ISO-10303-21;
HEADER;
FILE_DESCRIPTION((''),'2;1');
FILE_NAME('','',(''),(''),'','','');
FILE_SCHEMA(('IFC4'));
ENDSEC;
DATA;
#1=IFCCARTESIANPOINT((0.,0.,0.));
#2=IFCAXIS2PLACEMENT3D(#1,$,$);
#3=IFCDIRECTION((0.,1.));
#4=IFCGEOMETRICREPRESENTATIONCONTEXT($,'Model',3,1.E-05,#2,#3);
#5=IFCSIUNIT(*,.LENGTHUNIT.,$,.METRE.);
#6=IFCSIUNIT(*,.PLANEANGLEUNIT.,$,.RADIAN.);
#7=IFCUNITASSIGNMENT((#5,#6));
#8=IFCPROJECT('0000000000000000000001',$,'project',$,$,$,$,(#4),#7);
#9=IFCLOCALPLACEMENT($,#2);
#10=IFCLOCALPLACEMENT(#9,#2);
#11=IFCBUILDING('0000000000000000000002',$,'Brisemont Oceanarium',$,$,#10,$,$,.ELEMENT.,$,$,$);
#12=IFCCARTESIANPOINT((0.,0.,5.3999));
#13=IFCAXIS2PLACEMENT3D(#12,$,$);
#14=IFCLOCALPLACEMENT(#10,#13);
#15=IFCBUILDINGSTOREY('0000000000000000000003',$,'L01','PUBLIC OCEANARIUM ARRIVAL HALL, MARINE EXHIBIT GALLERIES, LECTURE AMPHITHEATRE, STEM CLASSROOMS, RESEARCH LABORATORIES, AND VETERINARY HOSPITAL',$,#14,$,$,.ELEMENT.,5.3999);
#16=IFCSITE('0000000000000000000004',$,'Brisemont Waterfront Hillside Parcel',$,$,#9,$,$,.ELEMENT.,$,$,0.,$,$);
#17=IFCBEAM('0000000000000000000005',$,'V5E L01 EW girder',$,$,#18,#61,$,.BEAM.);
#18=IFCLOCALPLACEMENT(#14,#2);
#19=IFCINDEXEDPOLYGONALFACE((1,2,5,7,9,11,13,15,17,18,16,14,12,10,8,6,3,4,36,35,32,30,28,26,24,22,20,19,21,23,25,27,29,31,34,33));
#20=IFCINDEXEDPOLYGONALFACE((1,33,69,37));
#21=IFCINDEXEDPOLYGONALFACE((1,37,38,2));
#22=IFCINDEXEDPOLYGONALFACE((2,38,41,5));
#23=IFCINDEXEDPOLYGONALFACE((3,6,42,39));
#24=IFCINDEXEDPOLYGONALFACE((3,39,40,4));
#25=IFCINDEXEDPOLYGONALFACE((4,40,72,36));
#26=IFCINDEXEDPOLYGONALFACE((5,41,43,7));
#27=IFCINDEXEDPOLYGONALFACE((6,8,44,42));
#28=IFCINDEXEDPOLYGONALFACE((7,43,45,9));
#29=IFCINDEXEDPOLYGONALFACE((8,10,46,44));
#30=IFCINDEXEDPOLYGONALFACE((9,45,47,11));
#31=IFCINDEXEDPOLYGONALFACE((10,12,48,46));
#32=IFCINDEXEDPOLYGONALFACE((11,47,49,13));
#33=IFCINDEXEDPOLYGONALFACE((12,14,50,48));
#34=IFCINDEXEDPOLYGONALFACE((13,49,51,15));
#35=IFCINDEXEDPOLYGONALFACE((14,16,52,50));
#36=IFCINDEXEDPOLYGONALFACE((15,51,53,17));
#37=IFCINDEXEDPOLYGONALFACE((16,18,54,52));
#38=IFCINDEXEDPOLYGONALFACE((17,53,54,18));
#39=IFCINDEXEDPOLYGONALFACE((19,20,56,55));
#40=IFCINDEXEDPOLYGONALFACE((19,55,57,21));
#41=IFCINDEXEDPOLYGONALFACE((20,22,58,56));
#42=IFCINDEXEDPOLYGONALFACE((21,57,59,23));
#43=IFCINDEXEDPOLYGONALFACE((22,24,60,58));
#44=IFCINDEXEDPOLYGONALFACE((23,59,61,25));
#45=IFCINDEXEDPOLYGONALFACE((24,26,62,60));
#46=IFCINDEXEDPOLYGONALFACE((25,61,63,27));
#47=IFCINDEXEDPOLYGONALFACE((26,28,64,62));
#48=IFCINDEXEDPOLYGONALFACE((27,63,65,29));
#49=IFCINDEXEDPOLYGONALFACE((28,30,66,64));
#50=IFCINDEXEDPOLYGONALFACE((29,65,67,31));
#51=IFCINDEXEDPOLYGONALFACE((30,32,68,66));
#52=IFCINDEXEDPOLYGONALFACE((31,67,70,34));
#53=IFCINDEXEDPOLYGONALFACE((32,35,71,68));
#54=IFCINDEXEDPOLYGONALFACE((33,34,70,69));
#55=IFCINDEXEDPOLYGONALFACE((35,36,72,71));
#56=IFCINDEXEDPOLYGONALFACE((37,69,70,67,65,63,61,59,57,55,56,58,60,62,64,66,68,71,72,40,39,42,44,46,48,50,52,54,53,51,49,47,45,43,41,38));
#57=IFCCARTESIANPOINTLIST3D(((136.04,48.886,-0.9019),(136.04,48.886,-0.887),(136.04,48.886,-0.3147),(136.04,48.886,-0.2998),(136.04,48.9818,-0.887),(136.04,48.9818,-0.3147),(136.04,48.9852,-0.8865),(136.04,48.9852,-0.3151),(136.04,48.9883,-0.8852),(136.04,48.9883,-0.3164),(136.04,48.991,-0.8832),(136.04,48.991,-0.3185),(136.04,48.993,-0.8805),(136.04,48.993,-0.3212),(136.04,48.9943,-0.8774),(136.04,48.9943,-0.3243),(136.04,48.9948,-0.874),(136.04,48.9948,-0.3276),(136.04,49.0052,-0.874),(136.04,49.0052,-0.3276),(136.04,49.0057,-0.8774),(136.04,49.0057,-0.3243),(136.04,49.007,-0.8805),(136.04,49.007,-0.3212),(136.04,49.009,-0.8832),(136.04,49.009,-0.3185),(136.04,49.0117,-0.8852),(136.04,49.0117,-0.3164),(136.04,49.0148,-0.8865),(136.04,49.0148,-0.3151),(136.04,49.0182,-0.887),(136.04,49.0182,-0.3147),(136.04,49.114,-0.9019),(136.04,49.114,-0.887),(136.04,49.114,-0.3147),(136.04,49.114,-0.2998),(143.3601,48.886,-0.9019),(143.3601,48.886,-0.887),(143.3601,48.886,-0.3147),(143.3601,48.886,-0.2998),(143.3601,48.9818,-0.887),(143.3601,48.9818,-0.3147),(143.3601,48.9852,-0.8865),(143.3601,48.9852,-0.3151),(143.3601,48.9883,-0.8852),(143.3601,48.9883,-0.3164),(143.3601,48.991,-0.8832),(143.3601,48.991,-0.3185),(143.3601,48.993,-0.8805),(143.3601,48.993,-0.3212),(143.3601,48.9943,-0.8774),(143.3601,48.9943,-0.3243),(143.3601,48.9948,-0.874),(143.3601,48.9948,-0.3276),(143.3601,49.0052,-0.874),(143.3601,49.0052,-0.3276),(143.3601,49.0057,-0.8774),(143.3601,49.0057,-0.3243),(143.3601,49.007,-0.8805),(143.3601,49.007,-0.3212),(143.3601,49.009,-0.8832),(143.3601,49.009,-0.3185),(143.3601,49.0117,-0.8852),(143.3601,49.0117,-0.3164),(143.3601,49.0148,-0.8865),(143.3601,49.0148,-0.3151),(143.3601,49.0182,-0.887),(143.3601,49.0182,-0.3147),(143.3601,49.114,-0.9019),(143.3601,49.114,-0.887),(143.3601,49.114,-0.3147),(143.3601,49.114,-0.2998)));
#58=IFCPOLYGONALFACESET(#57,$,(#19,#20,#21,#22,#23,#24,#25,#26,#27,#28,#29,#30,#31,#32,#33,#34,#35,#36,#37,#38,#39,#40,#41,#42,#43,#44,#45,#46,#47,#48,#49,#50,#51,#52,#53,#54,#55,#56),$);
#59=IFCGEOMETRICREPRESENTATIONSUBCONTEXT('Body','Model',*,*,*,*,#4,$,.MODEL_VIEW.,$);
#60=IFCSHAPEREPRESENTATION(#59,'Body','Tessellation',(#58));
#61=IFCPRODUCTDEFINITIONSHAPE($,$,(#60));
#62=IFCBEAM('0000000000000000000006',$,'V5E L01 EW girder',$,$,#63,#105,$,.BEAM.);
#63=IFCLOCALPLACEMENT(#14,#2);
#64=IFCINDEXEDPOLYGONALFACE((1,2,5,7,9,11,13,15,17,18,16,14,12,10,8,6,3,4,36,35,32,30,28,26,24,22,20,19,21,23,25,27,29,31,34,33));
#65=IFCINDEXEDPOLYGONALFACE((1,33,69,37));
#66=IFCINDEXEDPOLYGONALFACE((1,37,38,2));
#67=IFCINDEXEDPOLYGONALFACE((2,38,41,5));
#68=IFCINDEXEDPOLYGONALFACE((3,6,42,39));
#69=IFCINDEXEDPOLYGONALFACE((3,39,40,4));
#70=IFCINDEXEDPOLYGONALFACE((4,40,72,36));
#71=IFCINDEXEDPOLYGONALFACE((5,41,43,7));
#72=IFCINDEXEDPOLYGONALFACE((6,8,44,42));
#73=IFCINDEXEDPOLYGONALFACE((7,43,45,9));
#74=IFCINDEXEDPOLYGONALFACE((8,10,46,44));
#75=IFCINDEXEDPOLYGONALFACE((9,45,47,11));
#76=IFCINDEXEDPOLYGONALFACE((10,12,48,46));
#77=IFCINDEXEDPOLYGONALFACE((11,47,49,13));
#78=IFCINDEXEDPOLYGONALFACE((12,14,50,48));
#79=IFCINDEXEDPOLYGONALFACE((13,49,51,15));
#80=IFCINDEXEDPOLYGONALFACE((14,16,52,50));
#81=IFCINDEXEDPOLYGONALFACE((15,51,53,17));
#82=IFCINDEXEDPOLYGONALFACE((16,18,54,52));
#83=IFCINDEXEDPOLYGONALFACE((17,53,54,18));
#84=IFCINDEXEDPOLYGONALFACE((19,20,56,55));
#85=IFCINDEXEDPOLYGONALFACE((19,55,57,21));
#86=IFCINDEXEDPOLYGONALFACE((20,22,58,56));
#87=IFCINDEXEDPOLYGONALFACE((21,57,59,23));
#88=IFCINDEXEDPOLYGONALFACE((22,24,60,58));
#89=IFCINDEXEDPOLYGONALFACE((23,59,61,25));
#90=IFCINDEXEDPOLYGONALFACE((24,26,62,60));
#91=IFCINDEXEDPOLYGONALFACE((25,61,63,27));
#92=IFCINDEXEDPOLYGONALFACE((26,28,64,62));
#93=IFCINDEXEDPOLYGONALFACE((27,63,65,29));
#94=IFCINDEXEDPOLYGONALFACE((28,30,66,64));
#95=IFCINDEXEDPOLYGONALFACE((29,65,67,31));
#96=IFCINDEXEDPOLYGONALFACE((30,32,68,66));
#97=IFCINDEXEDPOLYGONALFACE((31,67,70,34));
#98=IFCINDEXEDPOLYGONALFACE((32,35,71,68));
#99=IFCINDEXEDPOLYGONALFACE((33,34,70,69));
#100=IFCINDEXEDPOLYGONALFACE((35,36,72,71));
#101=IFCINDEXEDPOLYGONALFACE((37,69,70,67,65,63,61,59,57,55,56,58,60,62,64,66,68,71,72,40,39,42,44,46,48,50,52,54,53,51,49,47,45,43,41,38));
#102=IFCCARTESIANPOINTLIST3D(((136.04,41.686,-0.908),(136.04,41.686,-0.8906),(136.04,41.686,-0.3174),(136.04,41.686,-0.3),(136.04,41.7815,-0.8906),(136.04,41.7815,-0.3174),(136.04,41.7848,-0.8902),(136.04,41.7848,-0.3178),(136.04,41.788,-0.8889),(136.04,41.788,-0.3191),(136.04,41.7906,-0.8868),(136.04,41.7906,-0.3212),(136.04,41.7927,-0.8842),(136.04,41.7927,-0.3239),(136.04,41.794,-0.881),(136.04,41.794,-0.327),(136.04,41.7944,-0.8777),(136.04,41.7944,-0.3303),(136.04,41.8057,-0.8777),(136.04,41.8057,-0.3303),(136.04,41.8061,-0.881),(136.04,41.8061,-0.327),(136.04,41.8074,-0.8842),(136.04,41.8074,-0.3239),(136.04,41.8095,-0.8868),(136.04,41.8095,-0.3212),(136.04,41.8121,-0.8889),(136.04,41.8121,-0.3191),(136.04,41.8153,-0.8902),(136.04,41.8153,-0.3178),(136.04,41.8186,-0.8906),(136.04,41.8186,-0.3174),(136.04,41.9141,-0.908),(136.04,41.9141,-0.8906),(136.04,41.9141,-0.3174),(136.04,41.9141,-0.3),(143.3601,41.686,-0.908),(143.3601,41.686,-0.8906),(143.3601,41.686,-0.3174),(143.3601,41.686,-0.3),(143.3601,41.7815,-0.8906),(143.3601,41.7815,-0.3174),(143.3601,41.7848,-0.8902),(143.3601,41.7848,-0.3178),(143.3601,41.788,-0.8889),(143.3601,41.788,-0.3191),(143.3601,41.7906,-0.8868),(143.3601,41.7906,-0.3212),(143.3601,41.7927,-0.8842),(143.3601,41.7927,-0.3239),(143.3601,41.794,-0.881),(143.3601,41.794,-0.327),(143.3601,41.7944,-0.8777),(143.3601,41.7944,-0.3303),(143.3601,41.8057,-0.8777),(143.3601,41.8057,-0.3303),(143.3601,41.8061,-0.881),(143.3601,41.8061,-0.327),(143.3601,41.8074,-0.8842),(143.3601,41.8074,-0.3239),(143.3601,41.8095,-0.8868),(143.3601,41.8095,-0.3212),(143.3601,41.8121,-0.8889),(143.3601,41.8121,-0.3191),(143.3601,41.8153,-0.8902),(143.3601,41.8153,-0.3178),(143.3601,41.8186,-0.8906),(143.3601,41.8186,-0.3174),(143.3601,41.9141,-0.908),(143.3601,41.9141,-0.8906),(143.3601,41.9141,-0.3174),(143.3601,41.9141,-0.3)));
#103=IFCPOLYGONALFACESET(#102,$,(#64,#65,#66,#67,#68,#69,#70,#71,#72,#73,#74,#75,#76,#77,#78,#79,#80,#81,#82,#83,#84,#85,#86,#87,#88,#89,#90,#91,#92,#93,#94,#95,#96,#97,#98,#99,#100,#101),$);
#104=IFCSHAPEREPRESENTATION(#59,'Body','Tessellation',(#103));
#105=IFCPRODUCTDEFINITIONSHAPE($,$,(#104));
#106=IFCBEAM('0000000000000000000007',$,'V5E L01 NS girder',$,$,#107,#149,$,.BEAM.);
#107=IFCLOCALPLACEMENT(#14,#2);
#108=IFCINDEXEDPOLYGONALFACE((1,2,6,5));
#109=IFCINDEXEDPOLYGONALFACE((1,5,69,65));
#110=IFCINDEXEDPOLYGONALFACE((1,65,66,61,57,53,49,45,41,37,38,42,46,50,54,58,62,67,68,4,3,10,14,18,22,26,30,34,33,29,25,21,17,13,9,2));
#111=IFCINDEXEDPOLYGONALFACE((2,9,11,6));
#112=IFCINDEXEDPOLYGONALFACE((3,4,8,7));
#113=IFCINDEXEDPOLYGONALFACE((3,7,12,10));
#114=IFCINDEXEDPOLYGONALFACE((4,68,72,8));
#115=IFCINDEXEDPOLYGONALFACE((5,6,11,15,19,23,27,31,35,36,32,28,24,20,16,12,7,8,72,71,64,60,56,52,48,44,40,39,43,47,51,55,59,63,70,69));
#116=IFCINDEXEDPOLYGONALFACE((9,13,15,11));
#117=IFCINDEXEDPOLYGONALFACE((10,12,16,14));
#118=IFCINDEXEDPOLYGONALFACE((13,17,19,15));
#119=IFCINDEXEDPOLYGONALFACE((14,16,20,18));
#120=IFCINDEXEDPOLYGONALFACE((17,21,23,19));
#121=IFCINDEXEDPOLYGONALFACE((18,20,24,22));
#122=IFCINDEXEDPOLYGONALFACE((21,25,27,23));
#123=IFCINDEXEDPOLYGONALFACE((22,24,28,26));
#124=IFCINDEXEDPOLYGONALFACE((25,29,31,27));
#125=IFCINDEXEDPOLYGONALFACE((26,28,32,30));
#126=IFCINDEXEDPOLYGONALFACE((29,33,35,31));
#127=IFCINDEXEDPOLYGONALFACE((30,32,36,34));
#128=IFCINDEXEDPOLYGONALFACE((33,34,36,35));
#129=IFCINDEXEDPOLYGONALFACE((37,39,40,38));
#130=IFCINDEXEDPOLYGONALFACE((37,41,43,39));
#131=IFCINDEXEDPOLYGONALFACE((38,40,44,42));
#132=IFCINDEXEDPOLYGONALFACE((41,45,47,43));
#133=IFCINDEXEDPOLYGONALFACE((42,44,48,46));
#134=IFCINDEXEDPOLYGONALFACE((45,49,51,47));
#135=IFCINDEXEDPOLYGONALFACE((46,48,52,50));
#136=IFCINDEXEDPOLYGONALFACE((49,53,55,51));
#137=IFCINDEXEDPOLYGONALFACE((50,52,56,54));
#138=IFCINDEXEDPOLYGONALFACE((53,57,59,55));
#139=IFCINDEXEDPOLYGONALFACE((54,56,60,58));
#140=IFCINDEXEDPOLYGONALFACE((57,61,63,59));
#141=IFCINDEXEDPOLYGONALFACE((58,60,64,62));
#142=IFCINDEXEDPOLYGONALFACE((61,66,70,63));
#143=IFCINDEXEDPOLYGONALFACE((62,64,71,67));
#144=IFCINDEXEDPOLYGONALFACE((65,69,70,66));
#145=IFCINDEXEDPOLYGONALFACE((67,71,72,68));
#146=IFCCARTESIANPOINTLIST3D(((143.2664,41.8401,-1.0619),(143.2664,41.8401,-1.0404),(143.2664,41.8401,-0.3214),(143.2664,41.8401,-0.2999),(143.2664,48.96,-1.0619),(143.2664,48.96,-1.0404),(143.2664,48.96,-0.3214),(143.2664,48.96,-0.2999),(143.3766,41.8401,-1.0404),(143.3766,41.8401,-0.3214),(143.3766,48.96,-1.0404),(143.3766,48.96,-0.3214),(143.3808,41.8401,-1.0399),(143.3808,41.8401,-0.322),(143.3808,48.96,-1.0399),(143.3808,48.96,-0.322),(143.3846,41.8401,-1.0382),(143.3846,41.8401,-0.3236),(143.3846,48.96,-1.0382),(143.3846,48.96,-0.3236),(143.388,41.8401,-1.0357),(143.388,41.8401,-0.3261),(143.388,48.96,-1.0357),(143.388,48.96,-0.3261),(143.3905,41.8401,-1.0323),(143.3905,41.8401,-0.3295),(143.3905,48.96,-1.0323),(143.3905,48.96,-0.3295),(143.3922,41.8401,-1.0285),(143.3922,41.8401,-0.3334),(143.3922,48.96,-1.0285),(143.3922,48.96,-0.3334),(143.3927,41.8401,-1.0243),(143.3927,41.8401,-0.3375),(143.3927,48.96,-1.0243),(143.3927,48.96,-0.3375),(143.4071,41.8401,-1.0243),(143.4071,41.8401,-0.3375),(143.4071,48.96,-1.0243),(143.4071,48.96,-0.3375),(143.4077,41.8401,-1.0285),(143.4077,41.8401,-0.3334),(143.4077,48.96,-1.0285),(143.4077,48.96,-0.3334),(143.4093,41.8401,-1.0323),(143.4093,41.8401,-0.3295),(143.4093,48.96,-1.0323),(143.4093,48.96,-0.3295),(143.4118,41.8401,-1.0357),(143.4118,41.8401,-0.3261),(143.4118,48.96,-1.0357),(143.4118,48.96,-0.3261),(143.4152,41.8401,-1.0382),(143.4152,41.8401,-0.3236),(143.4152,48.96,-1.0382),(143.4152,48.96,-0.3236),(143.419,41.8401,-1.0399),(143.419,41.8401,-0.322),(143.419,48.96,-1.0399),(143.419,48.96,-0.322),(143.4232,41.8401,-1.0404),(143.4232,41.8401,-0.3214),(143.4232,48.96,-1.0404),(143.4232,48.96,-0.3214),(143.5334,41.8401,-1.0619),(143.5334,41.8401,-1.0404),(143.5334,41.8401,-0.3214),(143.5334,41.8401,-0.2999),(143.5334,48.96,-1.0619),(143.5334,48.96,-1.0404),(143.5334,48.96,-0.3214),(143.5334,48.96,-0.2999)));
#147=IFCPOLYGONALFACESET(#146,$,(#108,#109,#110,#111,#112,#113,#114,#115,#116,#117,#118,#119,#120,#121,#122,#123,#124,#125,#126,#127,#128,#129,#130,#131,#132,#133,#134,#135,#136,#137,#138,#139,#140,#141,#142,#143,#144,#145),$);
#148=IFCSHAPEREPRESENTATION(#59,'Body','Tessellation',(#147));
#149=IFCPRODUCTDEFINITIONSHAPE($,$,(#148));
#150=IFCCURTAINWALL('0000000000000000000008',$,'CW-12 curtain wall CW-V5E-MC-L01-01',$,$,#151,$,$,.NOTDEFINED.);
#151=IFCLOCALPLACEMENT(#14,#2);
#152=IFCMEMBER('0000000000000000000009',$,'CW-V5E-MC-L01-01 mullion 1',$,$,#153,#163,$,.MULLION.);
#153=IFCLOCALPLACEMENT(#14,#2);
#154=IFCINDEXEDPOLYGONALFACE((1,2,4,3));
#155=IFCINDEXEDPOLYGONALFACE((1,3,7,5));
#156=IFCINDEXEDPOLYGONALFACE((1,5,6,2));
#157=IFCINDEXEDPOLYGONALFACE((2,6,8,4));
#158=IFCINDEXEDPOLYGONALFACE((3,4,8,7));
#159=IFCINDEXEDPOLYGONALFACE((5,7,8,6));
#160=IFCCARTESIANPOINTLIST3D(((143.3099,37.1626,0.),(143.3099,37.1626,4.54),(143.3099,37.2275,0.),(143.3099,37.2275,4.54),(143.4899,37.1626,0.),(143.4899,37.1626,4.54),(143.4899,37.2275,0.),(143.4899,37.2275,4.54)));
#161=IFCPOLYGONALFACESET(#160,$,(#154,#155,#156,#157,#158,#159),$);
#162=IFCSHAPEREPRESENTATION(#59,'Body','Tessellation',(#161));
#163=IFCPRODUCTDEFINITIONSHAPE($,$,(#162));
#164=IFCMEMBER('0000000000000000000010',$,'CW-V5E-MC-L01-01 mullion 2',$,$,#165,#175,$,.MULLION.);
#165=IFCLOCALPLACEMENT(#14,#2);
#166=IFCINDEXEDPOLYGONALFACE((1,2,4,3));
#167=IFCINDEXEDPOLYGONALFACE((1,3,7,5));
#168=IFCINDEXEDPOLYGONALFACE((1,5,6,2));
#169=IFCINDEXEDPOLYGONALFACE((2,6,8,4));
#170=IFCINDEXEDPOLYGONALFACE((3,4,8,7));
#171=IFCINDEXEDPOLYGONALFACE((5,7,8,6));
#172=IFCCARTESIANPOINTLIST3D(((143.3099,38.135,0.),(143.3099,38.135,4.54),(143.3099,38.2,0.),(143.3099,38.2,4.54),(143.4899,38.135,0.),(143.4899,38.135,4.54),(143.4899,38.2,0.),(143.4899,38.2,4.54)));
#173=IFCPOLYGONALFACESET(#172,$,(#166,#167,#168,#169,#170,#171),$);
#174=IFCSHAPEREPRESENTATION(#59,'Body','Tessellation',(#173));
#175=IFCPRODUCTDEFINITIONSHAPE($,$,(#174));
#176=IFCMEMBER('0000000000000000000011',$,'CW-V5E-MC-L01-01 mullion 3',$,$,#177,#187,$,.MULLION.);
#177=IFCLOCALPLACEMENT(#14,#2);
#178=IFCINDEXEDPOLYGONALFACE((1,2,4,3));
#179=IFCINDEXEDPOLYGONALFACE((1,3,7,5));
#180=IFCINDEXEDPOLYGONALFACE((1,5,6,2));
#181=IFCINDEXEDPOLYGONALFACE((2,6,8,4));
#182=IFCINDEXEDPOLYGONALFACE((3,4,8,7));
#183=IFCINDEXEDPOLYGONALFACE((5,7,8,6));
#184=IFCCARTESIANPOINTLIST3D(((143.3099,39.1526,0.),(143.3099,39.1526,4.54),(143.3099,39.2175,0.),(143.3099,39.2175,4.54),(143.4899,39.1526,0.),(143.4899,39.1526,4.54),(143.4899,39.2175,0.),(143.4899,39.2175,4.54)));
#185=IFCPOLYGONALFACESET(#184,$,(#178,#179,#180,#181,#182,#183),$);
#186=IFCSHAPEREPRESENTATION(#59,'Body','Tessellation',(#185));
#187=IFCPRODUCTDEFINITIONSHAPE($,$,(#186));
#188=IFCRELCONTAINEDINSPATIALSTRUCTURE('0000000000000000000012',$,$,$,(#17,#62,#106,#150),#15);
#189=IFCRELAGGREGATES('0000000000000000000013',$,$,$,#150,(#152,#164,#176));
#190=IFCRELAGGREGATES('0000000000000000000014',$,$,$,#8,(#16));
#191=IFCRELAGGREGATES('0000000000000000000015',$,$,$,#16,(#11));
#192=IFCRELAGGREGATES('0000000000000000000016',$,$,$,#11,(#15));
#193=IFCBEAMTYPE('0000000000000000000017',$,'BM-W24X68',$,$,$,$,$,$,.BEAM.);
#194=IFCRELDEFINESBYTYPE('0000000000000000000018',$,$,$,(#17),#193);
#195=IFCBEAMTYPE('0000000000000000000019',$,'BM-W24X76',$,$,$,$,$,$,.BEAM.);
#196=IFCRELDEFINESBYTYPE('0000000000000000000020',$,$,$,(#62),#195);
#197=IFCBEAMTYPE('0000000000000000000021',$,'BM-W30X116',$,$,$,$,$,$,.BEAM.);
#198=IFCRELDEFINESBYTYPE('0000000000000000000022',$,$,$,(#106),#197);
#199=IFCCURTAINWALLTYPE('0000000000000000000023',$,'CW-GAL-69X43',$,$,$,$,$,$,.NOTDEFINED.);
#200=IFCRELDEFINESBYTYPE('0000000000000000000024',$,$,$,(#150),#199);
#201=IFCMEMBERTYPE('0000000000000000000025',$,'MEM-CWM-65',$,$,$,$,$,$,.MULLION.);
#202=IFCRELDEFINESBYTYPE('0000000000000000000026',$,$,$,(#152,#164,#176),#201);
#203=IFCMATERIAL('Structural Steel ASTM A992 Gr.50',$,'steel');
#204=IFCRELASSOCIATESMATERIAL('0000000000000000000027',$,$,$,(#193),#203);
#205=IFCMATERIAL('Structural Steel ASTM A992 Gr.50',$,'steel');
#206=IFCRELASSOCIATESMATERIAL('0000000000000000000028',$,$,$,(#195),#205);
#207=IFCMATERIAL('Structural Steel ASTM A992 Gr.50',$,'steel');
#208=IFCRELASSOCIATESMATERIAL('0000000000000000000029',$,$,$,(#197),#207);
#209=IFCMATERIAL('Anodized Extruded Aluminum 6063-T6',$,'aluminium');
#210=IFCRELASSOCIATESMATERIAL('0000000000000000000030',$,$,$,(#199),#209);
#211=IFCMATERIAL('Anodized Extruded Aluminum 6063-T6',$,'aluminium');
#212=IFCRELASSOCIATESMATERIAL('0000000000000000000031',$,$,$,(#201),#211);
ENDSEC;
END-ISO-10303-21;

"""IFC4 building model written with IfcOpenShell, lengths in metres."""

from ifc_helpers import new_model, si_unit, direction, frame, origin, origin_2d, place, context, subcontext, project, spatial, rectangle, i_section, extrude, material, material_profile, profile_set, type_object, element, aggregate, save


model = new_model("IFC4")

# Units and contexts
model_context = context("Model", 3, precision=1e-05, world=origin(), true_north=direction((0.0, 1.0)))
body_context = subcontext(model_context, "Body", "Model", "MODEL_VIEW")
ifc_project = project(units=[si_unit("LENGTHUNIT", "METRE"), si_unit("PLANEANGLEUNIT", "RADIAN")], contexts=[model_context])

# Site, building, storey
site_placement = place(None, origin())
site = spatial("IfcSite", under=ifc_project, at=site_placement, Name="Brisemont Waterfront Hillside Parcel", CompositionType="ELEMENT", RefElevation=0.0)
building_placement = place(site_placement, origin())
building = spatial("IfcBuilding", under=site, at=building_placement, Name="Brisemont Oceanarium", CompositionType="ELEMENT")
storey_placement = place(building_placement, frame((0.0, 0.0, 5.3999)))
storey = spatial("IfcBuildingStorey", under=building, at=storey_placement, Name="L01", Description="PUBLIC OCEANARIUM ARRIVAL HALL, MARINE EXHIBIT GALLERIES, LECTURE AMPHITHEATRE, STEM CLASSROOMS, RESEARCH LABORATORIES, AND VETERINARY HOSPITAL", CompositionType="ELEMENT", Elevation=5.3999)

# Beams
ifc_material_1 = material(Name="Structural Steel ASTM A992 Gr.50", Category="steel")
ifc_material_profile_1 = material_profile(ifc_material_1, i_section(OverallWidth=0.228, OverallDepth=0.6021, WebThickness=0.0105, FlangeThickness=0.0149, FilletRadius=0.0129, at=origin_2d()), Name="W24X68")
ifc_profile_set_1 = profile_set([ifc_material_profile_1], Name="Structural Steel ASTM A992 Gr.50")
beam_type_1 = type_object("IfcBeamType", Name="BM-W24X68", PredefinedType="BEAM", material=ifc_profile_set_1)
beam_1_placement = place(storey_placement, frame((136.04, 49.0, -0.6008), z_axis=(1.0, 0.0, 0.0), x_axis=(0.0, 1.0, 0.0)))
element("IfcBeam", 1, at=beam_1_placement, inside=storey, type_object=beam_type_1, Name="V5E L01 EW girder", PredefinedType="BEAM", context=body_context, shape_type="SweptSolid", body=[
    extrude(i_section(OverallWidth=0.228, OverallDepth=0.6021, WebThickness=0.0105, FlangeThickness=0.0149, FilletRadius=0.0129, at=origin_2d()), origin(), (0.0, 0.0, 1.0), 7.3201),
])
ifc_material_2 = material(Name="Structural Steel ASTM A992 Gr.50", Category="steel")
ifc_material_profile_2 = material_profile(ifc_material_2, i_section(OverallWidth=0.228, OverallDepth=0.6079, WebThickness=0.0112, FlangeThickness=0.0173, FilletRadius=0.0129, at=origin_2d()), Name="W24X76")
ifc_profile_set_2 = profile_set([ifc_material_profile_2], Name="Structural Steel ASTM A992 Gr.50")
beam_type_2 = type_object("IfcBeamType", Name="BM-W24X76", PredefinedType="BEAM", material=ifc_profile_set_2)
beam_2_placement = place(storey_placement, frame((136.04, 41.8, -0.604), z_axis=(1.0, 0.0, 0.0), x_axis=(0.0, 1.0, 0.0)))
element("IfcBeam", 2, at=beam_2_placement, inside=storey, type_object=beam_type_2, Name="V5E L01 EW girder", PredefinedType="BEAM", context=body_context, shape_type="SweptSolid", body=[
    extrude(i_section(OverallWidth=0.228, OverallDepth=0.6079, WebThickness=0.0112, FlangeThickness=0.0173, FilletRadius=0.0129, at=origin_2d()), origin(), (0.0, 0.0, 1.0), 7.3201),
])
ifc_material_3 = material(Name="Structural Steel ASTM A992 Gr.50", Category="steel")
ifc_material_profile_3 = material_profile(ifc_material_3, i_section(OverallWidth=0.2671, OverallDepth=0.762, WebThickness=0.0144, FlangeThickness=0.0215, FilletRadius=0.0161, at=origin_2d()), Name="W30X116")
ifc_profile_set_3 = profile_set([ifc_material_profile_3], Name="Structural Steel ASTM A992 Gr.50")
beam_type_3 = type_object("IfcBeamType", Name="BM-W30X116", PredefinedType="BEAM", material=ifc_profile_set_3)
beam_3_placement = place(storey_placement, frame((143.3999, 41.8401, -0.6809), z_axis=(0.0, 1.0, 0.0), x_axis=(-1.0, 0.0, 0.0)))
element("IfcBeam", 3, at=beam_3_placement, inside=storey, type_object=beam_type_3, Name="V5E L01 NS girder", PredefinedType="BEAM", context=body_context, shape_type="SweptSolid", body=[
    extrude(i_section(OverallWidth=0.2671, OverallDepth=0.762, WebThickness=0.0144, FlangeThickness=0.0215, FilletRadius=0.0161, at=origin_2d()), origin(), (0.0, 0.0, 1.0), 7.1199),
])

# Curtain wall, members
ifc_material_4 = material(Name="Anodized Extruded Aluminum 6063-T6", Category="aluminium")
curtain_wall_type = type_object("IfcCurtainWallType", Name="CW-GAL-69X43", PredefinedType="NOTDEFINED", material=ifc_material_4)
curtain_wall_1_placement = place(storey_placement, origin())
curtain_wall_1 = element("IfcCurtainWall", 4, at=curtain_wall_1_placement, inside=storey, type_object=curtain_wall_type, Name="CW-12 curtain wall CW-V5E-MC-L01-01", PredefinedType="NOTDEFINED")
ifc_material_5 = material(Name="Anodized Extruded Aluminum 6063-T6", Category="aluminium")
ifc_material_profile_4 = material_profile(ifc_material_5, rectangle(XDim=0.0649, YDim=0.1799, at=origin_2d()), Name="CWM-65X180")
ifc_profile_set_4 = profile_set([ifc_material_profile_4], Name="Anodized Extruded Aluminum 6063-T6")
member_type_1 = type_object("IfcMemberType", Name="MEM-CWM-65", PredefinedType="MULLION", material=ifc_profile_set_4)
member_1_placement = place(storey_placement, frame((143.3999, 37.1951, 0.0), z_axis=(0.0, 0.0, 1.0), x_axis=(0.0, 1.0, 0.0)))
member_1 = element("IfcMember", 5, at=member_1_placement, type_object=member_type_1, Name="CW-V5E-MC-L01-01 mullion 1", PredefinedType="MULLION", context=body_context, shape_type="SweptSolid", body=[
    extrude(rectangle(XDim=0.0649, YDim=0.1799, at=origin_2d()), origin(), (0.0, 0.0, 1.0), 4.54),
])
member_2_placement = place(storey_placement, frame((143.3999, 38.1675, 0.0), z_axis=(0.0, 0.0, 1.0), x_axis=(0.0, 1.0, 0.0)))
member_2 = element("IfcMember", 6, at=member_2_placement, type_object=member_type_1, Name="CW-V5E-MC-L01-01 mullion 2", PredefinedType="MULLION", context=body_context, shape_type="SweptSolid", body=[
    extrude(rectangle(XDim=0.0649, YDim=0.1799, at=origin_2d()), origin(), (0.0, 0.0, 1.0), 4.54),
])
member_3_placement = place(storey_placement, frame((143.3999, 39.1851, 0.0), z_axis=(0.0, 0.0, 1.0), x_axis=(0.0, 1.0, 0.0)))
member_3 = element("IfcMember", 7, at=member_3_placement, type_object=member_type_1, Name="CW-V5E-MC-L01-01 mullion 3", PredefinedType="MULLION", context=body_context, shape_type="SweptSolid", body=[
    extrude(rectangle(XDim=0.0649, YDim=0.1799, at=origin_2d()), origin(), (0.0, 0.0, 1.0), 4.54),
])

aggregate(curtain_wall_1, [member_1, member_2, member_3])

save(model, "model.ifc")
